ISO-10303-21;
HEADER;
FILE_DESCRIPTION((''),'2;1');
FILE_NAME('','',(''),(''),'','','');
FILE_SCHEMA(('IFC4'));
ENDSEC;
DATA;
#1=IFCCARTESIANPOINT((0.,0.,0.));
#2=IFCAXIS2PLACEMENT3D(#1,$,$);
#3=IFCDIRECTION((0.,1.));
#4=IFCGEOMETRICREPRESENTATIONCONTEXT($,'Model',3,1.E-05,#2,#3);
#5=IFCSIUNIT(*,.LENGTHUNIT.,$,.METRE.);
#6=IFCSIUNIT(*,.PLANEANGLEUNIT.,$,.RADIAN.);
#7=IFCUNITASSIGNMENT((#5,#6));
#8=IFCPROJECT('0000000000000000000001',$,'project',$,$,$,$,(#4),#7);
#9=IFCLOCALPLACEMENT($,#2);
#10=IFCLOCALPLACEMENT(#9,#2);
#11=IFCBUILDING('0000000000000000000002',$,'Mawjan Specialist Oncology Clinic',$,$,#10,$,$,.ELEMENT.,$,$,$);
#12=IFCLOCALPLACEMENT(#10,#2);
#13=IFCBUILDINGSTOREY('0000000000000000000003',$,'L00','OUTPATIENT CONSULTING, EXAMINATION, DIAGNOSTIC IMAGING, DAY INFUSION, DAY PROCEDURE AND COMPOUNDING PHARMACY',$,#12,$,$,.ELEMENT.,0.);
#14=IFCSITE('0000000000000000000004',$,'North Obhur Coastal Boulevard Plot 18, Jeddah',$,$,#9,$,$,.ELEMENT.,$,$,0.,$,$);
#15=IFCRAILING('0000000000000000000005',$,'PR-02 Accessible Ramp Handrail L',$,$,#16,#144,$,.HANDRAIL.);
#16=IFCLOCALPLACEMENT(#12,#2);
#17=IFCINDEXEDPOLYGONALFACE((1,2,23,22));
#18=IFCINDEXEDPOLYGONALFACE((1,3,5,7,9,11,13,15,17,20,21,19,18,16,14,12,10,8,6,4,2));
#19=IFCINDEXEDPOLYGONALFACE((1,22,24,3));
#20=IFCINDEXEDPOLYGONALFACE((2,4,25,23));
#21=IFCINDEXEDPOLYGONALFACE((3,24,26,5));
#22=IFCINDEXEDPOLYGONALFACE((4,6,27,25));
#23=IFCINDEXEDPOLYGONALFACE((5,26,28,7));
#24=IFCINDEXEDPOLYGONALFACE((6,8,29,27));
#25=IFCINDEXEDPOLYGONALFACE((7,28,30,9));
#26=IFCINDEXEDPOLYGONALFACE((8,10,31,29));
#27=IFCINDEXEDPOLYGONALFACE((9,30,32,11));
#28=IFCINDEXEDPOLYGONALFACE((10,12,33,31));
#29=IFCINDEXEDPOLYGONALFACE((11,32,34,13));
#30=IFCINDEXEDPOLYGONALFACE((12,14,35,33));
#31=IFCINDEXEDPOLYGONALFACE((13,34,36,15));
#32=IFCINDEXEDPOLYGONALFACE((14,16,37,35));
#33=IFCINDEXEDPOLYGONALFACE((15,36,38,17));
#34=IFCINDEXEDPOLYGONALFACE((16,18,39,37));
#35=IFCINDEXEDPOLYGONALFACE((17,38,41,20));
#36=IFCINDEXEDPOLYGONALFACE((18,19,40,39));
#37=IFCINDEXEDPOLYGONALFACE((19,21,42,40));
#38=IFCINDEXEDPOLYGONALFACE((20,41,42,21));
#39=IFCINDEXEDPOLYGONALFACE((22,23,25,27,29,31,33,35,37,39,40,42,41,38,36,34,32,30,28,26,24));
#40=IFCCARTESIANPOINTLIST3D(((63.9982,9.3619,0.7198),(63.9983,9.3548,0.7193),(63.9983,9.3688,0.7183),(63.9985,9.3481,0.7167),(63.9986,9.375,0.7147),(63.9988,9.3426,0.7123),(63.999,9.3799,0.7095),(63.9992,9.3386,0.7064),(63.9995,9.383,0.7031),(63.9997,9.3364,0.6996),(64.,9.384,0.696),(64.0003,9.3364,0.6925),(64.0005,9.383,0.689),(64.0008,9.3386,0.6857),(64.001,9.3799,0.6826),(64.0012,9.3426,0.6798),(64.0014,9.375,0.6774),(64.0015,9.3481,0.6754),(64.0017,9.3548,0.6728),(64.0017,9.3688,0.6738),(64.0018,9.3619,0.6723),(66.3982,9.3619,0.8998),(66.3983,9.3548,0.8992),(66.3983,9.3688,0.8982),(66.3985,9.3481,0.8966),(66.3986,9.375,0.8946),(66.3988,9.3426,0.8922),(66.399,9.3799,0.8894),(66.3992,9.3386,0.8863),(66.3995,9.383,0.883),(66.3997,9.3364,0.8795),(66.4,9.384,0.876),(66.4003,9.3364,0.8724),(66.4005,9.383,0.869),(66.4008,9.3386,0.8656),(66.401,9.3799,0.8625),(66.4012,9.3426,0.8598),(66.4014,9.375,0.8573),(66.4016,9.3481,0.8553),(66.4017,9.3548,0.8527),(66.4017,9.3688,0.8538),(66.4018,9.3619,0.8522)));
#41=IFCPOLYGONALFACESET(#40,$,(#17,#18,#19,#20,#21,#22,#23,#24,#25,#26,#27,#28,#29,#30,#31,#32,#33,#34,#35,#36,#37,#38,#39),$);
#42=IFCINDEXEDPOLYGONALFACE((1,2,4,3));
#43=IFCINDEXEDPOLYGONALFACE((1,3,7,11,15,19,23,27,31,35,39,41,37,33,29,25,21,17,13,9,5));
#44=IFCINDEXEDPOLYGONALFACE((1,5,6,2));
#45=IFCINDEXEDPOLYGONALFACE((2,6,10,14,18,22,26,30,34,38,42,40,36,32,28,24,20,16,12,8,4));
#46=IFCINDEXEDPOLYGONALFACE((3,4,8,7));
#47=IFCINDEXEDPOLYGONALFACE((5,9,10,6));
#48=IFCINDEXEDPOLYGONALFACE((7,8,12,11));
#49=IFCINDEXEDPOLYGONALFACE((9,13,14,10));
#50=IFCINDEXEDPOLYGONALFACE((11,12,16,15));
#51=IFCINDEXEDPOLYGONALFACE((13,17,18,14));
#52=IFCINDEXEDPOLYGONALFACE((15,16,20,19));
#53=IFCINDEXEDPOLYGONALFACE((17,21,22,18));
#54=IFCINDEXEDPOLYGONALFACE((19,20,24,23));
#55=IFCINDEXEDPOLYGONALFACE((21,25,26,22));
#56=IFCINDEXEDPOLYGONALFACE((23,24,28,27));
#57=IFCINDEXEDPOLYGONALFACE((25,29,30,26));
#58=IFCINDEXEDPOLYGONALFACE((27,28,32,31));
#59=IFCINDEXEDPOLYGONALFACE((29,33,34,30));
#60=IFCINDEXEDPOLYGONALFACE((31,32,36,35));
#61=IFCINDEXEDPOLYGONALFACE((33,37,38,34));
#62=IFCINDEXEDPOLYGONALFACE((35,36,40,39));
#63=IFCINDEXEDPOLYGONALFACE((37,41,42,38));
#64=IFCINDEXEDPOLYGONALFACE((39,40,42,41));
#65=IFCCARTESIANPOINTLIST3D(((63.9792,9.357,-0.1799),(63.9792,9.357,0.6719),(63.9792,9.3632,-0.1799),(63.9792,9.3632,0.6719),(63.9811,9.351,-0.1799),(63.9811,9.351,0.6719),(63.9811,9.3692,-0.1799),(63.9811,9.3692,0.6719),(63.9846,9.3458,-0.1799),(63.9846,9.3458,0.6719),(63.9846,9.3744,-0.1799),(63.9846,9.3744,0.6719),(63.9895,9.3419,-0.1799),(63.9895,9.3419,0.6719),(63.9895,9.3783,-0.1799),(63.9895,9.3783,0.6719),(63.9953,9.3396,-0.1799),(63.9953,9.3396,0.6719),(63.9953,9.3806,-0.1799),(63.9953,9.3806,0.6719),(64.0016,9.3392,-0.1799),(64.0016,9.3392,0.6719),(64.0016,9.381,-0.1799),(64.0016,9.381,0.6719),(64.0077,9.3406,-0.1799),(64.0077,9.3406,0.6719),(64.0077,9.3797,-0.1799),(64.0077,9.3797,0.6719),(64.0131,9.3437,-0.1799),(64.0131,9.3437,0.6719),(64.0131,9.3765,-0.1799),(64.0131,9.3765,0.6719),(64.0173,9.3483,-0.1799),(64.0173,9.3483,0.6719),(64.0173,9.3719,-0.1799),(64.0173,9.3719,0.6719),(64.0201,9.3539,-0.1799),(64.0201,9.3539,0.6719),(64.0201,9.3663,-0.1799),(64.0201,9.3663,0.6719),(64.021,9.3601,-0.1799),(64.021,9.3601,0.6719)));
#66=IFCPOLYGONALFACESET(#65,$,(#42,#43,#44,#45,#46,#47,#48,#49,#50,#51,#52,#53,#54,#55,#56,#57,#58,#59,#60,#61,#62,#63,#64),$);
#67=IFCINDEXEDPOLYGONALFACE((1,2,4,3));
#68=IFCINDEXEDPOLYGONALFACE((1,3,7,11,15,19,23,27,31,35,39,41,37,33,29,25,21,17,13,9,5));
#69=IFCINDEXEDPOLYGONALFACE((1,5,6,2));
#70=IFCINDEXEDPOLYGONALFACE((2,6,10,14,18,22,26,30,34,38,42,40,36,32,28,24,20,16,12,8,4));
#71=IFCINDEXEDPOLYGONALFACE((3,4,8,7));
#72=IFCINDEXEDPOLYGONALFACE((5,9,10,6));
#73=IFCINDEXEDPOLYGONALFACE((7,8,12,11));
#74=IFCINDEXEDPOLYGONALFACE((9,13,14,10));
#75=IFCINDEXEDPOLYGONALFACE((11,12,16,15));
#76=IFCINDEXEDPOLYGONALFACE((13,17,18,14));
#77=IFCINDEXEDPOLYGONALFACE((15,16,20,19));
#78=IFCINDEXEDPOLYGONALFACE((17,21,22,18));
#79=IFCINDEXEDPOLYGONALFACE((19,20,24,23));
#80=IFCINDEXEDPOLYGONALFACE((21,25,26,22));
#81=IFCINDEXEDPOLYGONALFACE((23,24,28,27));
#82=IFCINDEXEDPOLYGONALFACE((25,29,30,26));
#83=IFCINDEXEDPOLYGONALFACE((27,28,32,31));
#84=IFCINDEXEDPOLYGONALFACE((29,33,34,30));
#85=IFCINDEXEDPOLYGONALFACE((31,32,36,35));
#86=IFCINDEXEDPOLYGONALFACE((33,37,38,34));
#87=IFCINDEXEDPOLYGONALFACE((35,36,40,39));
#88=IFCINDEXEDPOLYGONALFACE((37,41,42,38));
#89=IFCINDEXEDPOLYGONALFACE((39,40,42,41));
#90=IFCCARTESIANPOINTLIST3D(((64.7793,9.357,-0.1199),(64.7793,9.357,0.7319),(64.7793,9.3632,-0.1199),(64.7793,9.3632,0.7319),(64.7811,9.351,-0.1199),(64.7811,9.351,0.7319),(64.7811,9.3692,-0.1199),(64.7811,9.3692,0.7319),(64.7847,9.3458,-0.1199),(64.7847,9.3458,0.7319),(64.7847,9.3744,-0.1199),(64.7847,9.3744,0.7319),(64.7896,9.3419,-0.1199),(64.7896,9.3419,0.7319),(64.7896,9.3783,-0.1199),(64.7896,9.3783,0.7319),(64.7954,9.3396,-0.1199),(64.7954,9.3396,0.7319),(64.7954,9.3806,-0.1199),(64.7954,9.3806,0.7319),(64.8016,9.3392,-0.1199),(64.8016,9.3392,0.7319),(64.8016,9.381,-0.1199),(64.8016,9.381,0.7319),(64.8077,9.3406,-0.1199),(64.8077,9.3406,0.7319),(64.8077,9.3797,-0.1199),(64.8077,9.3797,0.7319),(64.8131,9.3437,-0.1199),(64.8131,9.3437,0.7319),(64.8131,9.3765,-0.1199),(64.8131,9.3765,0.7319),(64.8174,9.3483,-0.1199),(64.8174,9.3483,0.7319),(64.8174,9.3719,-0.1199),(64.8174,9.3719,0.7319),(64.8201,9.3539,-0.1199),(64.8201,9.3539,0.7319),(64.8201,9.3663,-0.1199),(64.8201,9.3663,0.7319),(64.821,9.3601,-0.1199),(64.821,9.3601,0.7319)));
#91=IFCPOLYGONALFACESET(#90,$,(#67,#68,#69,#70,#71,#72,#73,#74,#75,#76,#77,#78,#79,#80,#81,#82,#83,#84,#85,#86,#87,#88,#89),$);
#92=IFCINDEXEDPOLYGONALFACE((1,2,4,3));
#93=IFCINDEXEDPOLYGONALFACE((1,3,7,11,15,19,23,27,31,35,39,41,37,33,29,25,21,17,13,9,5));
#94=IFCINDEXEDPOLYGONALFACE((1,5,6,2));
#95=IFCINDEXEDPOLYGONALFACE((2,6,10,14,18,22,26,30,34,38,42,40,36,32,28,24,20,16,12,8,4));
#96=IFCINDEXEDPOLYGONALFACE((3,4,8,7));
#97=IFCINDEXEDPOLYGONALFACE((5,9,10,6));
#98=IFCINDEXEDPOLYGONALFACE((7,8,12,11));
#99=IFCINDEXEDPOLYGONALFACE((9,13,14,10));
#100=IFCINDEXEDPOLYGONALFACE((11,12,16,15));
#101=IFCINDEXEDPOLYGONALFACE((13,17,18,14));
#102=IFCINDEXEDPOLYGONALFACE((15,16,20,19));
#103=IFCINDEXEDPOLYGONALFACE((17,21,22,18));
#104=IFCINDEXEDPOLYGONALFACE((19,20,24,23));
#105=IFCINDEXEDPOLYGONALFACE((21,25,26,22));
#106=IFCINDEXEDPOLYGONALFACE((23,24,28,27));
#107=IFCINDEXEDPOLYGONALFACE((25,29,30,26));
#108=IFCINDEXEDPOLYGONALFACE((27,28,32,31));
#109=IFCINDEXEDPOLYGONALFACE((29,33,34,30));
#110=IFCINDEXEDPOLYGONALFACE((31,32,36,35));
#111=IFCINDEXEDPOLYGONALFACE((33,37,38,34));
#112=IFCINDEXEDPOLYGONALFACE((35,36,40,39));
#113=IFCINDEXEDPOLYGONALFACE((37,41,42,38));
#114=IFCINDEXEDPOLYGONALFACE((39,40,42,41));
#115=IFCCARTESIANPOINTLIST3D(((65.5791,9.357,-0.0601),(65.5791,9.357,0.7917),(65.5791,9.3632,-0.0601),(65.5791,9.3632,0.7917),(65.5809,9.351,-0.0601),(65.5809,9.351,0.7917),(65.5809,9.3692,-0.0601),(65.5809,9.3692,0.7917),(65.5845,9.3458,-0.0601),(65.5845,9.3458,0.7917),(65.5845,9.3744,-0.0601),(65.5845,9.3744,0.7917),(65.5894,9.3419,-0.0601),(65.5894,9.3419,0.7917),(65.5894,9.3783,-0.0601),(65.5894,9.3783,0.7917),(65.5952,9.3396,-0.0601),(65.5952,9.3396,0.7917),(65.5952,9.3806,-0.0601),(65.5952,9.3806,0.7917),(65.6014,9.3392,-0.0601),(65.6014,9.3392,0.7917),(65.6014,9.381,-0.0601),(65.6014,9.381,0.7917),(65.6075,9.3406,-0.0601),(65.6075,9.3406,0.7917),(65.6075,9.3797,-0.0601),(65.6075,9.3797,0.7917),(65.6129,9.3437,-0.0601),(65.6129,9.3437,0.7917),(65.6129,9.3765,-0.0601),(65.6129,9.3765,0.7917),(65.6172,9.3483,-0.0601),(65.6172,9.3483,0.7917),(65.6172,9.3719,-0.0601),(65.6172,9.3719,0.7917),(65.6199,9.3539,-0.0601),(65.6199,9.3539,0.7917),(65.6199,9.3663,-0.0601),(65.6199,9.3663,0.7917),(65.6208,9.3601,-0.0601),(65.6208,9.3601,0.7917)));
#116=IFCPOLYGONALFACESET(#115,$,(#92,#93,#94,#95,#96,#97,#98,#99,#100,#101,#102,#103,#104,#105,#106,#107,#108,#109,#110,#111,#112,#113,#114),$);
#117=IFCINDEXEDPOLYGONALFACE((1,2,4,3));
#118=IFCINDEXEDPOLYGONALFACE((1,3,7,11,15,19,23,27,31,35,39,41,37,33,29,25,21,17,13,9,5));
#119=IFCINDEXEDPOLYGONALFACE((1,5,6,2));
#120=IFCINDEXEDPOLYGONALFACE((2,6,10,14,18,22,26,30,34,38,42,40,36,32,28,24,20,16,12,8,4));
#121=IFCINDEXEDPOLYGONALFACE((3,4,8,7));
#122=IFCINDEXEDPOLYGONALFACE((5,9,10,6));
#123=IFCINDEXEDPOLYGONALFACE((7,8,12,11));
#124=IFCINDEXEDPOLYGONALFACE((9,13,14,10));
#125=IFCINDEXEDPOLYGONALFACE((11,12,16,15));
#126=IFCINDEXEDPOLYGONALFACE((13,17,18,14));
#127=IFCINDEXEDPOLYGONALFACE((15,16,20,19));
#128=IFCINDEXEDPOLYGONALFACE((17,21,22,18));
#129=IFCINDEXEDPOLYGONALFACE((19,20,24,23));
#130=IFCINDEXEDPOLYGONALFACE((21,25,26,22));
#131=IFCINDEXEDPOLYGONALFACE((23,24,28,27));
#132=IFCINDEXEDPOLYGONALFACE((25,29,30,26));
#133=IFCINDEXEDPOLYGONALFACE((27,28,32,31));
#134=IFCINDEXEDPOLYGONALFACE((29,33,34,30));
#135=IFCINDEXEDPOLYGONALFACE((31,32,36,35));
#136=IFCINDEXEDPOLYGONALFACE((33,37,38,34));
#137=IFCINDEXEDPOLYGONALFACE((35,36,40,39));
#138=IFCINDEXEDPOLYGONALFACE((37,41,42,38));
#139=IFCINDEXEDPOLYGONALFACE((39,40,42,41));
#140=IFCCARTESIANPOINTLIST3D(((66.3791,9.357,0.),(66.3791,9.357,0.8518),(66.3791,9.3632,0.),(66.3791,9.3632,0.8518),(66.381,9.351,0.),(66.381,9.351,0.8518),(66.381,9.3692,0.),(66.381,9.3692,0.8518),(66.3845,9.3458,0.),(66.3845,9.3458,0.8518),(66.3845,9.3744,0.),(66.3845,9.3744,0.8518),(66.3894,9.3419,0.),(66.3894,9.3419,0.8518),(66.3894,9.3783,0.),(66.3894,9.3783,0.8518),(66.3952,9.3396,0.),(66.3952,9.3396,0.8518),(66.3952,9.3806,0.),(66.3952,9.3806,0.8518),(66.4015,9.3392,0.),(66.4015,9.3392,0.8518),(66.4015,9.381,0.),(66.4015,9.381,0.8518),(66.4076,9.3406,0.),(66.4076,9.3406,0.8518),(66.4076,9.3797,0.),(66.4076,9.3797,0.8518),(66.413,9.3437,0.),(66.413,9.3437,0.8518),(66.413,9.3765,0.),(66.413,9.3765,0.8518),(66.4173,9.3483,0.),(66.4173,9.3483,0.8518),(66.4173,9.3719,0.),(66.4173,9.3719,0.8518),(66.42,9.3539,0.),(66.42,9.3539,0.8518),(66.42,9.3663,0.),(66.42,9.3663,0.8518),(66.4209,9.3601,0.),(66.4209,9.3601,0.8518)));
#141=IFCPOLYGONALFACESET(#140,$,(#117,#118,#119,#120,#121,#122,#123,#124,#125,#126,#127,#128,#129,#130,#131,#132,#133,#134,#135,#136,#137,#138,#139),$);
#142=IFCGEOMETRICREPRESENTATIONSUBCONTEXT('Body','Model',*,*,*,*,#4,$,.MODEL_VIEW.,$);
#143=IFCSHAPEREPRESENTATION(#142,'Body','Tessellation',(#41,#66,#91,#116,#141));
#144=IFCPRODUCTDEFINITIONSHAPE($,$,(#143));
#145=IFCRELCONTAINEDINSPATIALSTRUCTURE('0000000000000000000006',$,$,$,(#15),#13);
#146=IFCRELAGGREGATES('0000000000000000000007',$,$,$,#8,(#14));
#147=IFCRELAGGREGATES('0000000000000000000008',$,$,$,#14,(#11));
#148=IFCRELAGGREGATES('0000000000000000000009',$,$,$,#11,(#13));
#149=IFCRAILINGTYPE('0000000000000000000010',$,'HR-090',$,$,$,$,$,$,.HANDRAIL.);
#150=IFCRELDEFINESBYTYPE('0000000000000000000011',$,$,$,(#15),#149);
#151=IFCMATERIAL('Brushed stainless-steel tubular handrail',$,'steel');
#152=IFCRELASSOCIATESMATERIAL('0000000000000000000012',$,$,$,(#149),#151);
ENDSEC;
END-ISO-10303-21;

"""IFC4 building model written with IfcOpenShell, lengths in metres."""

from ifc_helpers import new_model, si_unit, direction, frame, origin, origin_2d, place, context, subcontext, project, spatial, circle, extrude, material, type_object, element, save


model = new_model("IFC4")

# Units and contexts
model_context = context("Model", 3, precision=1e-05, world=origin(), true_north=direction((0.0, 1.0)))
body_context = subcontext(model_context, "Body", "Model", "MODEL_VIEW")
ifc_project = project(units=[si_unit("LENGTHUNIT", "METRE"), si_unit("PLANEANGLEUNIT", "RADIAN")], contexts=[model_context])

# Site, building, storey
site_placement = place(None, origin())
site = spatial("IfcSite", under=ifc_project, at=site_placement, Name="North Obhur Coastal Boulevard Plot 18, Jeddah", CompositionType="ELEMENT", RefElevation=0.0)
building_placement = place(site_placement, origin())
building = spatial("IfcBuilding", under=site, at=building_placement, Name="Mawjan Specialist Oncology Clinic", CompositionType="ELEMENT")
storey_placement = place(building_placement, origin())
storey = spatial("IfcBuildingStorey", under=building, at=storey_placement, Name="L00", Description="OUTPATIENT CONSULTING, EXAMINATION, DIAGNOSTIC IMAGING, DAY INFUSION, DAY PROCEDURE AND COMPOUNDING PHARMACY", CompositionType="ELEMENT", Elevation=0.0)

# Railing
ifc_material_1 = material(Name="Brushed stainless-steel tubular handrail", Category="steel")
railing_type = type_object("IfcRailingType", Name="HR-090", PredefinedType="HANDRAIL", material=ifc_material_1)
for number, where, name in (
    (1, (64.0, 9.3601, -0.1799), "PR-02 Accessible Ramp Handrail L"),
):
    element("IfcRailing", number, at=place(storey_placement, frame(where)), inside=storey, type_object=railing_type, Name=name, PredefinedType="HANDRAIL", context=body_context, shape_type="SweptSolid", body=[
        extrude(circle(Radius=0.0239, at=origin_2d()), frame((0.0, 0.0, 0.876), z_axis=(0.997201, 0.0, 0.074765), x_axis=(0.0, 1.0, 0.0)), (0.0, 0.0, 1.0), 2.4067),
        extrude(circle(Radius=0.021, at=origin_2d()), origin(), (0.0, 0.0, 1.0), 0.8518),
        extrude(circle(Radius=0.021, at=origin_2d()), frame((0.8, 0.0, 0.0601)), (0.0, 0.0, 1.0), 0.8518),
        extrude(circle(Radius=0.021, at=origin_2d()), frame((1.5999, 0.0, 0.1199)), (0.0, 0.0, 1.0), 0.8518),
        extrude(circle(Radius=0.021, at=origin_2d()), frame((2.3999, 0.0, 0.1799)), (0.0, 0.0, 1.0), 0.8518),
    ])

save(model, "model.ifc")
